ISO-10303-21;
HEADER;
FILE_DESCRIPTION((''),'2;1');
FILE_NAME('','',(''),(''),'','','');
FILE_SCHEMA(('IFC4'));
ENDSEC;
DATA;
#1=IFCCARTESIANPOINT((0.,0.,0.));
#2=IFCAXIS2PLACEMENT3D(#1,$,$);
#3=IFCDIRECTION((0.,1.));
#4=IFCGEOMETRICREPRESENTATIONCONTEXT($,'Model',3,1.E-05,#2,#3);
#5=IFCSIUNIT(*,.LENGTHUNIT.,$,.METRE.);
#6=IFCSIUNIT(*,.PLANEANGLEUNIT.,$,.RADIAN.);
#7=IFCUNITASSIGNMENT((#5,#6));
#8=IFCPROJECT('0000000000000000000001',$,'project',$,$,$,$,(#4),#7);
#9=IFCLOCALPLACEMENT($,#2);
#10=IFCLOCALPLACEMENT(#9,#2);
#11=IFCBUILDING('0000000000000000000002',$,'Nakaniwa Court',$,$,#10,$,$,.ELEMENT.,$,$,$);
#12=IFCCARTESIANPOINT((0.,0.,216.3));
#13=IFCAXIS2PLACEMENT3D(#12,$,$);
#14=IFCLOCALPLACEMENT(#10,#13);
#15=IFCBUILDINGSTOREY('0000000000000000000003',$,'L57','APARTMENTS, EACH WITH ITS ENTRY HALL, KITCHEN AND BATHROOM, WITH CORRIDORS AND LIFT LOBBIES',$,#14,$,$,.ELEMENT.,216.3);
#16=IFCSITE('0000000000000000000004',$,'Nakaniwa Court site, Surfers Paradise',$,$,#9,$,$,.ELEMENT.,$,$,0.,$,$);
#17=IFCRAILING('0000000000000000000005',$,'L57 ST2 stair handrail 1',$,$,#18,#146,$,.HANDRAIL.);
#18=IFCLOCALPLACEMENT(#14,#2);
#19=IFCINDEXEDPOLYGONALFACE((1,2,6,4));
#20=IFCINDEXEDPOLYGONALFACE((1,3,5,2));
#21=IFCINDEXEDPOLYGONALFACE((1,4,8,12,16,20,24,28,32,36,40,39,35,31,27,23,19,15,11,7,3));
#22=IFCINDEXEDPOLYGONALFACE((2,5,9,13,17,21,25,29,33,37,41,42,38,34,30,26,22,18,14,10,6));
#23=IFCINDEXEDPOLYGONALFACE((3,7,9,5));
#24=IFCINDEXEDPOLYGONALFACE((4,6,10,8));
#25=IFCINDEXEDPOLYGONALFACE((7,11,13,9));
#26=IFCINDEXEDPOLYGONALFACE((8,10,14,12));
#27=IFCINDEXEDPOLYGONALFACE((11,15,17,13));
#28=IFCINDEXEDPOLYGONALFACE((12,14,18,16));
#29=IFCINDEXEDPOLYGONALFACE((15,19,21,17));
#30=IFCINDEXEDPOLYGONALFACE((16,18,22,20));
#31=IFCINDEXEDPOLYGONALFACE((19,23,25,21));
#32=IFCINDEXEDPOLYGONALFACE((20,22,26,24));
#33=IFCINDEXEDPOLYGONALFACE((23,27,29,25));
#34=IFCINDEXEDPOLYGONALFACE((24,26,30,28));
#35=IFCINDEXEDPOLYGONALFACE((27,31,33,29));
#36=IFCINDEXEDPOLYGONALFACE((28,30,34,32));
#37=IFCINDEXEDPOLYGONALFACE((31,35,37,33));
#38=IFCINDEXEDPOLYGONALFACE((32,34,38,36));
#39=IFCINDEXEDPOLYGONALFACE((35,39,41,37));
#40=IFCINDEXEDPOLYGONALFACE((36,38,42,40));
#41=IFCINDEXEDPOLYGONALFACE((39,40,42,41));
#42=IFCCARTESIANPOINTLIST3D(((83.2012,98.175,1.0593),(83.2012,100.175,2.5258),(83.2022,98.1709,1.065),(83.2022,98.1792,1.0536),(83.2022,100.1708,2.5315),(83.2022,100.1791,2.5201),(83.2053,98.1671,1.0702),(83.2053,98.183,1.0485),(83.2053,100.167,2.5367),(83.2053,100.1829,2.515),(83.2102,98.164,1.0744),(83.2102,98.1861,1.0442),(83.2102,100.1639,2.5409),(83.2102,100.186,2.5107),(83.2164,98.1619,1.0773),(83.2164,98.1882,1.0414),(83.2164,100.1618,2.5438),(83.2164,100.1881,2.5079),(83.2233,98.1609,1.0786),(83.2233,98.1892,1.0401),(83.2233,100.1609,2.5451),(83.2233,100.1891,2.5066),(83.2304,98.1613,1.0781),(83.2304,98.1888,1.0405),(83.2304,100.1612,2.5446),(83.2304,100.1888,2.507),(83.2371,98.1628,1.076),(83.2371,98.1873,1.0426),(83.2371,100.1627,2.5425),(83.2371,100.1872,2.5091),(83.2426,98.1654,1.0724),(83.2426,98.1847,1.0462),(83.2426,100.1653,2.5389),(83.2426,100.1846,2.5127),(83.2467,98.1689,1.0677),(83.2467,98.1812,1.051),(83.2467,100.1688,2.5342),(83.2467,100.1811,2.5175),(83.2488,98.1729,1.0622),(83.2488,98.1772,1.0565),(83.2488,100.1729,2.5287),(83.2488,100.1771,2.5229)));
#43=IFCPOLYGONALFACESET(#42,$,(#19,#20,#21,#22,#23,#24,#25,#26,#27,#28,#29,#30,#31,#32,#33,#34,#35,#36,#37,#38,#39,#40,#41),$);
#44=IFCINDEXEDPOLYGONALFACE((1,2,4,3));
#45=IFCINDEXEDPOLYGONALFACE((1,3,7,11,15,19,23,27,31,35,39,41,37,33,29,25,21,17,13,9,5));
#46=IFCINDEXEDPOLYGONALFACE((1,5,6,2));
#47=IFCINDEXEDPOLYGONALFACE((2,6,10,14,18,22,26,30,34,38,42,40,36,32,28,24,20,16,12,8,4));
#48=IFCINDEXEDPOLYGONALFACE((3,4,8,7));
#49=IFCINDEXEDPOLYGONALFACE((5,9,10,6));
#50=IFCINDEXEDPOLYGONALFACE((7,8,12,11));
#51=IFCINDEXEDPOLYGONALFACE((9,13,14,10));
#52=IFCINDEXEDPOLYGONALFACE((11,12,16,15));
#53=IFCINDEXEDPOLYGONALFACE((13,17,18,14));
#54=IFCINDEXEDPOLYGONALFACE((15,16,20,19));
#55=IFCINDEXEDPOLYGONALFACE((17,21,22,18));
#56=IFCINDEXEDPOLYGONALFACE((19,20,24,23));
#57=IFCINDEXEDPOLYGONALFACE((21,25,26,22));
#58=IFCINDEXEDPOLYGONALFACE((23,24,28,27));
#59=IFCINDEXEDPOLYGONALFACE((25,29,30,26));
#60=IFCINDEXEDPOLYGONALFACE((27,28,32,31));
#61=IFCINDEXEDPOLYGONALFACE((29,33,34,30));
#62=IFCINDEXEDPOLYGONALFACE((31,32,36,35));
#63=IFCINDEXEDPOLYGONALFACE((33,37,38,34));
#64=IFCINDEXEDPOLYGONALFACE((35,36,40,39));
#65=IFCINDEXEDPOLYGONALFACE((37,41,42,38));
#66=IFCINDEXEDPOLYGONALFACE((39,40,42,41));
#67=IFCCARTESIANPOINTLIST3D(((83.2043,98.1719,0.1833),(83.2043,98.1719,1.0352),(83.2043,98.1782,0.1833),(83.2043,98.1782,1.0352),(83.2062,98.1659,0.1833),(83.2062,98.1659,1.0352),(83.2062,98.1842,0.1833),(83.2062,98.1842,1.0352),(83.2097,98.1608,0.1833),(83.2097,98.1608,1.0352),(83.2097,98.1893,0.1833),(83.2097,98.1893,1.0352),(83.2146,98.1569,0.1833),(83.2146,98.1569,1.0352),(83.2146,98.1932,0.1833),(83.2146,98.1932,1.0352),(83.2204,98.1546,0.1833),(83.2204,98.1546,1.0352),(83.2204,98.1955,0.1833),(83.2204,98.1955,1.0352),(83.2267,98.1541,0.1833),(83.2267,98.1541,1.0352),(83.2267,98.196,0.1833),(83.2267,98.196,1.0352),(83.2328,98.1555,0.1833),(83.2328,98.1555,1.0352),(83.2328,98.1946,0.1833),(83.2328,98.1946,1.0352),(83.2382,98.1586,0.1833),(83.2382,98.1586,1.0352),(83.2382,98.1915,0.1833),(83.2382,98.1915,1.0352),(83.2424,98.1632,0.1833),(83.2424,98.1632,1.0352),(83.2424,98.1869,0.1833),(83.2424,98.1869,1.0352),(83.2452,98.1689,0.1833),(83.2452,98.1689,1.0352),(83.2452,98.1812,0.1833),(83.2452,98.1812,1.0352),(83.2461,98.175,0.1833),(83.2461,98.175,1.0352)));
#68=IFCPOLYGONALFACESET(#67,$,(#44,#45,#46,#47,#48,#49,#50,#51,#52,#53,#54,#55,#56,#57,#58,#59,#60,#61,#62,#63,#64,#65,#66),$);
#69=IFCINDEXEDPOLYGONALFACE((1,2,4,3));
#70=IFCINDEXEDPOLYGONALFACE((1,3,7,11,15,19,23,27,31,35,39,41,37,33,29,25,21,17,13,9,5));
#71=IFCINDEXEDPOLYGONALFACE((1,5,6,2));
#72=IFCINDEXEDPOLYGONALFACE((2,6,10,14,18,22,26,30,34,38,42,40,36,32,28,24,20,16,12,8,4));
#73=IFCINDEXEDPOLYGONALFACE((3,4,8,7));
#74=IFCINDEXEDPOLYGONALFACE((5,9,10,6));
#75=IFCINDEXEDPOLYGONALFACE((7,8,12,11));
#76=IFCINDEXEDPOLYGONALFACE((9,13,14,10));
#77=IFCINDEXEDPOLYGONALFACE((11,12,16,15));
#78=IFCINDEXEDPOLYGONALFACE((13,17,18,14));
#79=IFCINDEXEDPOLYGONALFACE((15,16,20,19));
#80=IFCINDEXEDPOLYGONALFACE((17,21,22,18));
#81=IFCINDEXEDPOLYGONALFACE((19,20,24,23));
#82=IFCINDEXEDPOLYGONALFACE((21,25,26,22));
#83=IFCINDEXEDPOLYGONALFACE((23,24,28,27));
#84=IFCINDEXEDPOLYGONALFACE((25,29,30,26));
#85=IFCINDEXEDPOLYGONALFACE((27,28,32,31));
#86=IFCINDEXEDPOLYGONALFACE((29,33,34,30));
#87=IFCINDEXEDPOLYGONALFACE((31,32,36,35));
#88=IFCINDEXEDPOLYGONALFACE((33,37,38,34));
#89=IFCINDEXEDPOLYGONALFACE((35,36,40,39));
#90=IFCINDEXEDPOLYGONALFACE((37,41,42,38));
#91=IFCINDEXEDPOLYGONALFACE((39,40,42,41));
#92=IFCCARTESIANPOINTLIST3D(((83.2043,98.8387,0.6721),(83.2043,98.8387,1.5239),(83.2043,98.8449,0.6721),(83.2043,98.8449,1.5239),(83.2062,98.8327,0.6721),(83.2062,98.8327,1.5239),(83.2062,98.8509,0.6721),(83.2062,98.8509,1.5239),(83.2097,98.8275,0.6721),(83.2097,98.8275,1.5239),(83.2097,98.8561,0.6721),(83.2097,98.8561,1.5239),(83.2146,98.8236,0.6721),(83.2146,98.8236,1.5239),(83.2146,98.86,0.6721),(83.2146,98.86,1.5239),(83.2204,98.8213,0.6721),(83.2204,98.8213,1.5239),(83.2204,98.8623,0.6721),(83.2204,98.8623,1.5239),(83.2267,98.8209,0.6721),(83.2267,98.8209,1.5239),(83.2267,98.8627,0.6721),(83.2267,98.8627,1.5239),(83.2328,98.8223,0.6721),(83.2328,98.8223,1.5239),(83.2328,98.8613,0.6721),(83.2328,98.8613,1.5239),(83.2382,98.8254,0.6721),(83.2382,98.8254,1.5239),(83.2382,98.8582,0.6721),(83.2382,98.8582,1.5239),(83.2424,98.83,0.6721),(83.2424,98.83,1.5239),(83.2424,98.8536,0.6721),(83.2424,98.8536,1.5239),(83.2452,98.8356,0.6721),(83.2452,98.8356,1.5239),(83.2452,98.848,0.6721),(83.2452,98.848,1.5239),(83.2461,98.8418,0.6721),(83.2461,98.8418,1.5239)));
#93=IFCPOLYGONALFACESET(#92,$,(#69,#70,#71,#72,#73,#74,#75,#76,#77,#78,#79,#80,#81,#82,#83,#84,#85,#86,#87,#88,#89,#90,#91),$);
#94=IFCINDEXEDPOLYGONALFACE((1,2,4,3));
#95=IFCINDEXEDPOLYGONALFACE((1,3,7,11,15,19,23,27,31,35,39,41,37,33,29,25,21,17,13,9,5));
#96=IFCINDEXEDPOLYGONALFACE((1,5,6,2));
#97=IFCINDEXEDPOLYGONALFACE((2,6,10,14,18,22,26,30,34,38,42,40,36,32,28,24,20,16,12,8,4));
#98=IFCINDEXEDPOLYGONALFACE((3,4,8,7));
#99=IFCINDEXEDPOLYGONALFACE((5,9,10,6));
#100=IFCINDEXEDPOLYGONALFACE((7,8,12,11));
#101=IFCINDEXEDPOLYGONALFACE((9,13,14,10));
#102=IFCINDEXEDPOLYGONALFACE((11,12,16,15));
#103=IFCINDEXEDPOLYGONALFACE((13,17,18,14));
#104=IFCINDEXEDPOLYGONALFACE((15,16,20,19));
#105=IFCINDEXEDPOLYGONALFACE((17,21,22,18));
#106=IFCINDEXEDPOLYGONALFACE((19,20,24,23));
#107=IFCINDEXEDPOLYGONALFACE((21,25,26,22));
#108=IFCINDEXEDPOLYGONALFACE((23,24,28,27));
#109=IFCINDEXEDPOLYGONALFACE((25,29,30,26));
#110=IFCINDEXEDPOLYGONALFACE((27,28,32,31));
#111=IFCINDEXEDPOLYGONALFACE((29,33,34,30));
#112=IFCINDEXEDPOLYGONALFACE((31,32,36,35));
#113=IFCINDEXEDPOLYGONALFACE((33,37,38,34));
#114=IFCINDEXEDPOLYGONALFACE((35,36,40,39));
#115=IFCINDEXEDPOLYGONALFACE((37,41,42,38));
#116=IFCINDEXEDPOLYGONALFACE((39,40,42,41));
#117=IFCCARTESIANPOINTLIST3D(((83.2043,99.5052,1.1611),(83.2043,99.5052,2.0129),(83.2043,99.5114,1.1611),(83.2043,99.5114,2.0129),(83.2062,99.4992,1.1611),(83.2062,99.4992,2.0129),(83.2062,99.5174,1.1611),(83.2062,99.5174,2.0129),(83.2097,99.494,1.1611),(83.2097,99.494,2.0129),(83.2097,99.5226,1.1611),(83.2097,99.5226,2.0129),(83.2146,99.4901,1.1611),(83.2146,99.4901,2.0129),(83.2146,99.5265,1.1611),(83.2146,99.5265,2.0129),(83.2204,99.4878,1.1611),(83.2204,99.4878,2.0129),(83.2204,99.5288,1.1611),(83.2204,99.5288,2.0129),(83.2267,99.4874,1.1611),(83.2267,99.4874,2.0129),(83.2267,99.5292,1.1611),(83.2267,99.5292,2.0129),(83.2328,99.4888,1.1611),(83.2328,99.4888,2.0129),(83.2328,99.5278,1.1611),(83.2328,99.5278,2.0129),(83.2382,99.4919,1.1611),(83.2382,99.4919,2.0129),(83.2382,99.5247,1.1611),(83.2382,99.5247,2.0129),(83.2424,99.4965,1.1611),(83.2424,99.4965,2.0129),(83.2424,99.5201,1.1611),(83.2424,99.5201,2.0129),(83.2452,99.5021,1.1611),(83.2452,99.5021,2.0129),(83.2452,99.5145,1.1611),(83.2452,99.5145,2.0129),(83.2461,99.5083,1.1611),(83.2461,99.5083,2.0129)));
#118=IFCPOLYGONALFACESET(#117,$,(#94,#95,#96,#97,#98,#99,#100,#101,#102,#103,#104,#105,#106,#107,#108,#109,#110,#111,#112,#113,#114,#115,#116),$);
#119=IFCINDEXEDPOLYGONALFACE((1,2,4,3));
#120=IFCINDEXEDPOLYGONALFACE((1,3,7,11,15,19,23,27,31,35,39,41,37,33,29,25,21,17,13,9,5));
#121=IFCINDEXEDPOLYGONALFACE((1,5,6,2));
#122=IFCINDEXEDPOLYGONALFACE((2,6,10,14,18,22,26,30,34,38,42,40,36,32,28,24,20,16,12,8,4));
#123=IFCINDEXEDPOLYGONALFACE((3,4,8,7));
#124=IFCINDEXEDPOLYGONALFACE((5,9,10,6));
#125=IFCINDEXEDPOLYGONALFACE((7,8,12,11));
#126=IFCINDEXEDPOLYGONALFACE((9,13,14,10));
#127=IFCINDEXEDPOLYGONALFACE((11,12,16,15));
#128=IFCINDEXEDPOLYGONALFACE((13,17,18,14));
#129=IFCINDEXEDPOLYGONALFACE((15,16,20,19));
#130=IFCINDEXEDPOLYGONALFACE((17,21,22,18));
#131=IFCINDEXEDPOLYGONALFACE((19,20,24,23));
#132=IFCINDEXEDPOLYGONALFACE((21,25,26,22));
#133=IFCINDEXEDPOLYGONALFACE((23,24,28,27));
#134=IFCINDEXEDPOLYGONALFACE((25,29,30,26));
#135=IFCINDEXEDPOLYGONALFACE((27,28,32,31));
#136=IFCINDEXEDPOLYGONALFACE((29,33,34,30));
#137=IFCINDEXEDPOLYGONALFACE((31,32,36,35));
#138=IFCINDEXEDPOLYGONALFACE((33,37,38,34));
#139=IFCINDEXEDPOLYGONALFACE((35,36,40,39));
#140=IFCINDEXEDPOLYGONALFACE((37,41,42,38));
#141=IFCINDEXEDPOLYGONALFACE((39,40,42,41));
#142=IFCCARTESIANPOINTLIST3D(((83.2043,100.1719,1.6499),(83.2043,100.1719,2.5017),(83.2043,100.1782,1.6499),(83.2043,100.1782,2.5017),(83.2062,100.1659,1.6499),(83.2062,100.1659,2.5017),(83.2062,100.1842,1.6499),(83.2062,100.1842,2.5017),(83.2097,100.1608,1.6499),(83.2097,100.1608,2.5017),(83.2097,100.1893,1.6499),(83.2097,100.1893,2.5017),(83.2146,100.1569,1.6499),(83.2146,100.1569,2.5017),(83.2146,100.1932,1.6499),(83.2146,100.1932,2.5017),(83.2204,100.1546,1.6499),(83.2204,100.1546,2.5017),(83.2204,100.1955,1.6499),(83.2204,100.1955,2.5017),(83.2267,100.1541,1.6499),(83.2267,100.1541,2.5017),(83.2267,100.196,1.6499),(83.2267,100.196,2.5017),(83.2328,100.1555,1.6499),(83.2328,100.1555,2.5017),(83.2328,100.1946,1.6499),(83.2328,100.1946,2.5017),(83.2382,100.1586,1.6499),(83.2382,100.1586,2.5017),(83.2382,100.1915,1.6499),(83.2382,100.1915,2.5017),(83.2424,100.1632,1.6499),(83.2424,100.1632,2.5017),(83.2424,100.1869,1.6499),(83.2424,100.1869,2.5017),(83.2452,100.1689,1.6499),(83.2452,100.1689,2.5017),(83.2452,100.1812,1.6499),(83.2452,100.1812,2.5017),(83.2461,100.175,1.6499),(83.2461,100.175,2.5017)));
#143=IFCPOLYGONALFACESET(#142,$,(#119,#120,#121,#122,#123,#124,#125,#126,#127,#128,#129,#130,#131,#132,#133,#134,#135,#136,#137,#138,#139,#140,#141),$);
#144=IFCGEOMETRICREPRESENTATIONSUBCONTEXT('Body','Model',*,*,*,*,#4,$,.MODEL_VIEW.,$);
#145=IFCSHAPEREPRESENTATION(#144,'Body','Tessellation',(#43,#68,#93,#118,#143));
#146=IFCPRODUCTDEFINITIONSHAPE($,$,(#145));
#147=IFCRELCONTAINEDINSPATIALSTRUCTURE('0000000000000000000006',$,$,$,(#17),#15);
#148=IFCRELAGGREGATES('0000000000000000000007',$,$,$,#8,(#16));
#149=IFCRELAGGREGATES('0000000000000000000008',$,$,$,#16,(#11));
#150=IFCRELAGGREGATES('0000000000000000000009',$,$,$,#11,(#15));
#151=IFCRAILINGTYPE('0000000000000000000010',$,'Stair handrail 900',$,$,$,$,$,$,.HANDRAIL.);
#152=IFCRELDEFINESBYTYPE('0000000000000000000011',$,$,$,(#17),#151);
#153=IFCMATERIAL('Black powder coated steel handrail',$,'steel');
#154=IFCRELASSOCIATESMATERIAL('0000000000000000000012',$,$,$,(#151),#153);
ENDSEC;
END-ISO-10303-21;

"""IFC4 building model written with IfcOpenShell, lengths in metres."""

from ifc_helpers import new_model, si_unit, direction, frame, origin, origin_2d, place, context, subcontext, project, spatial, circle, extrude, material, type_object, element, save


model = new_model("IFC4")

# Units and contexts
model_context = context("Model", 3, precision=1e-05, world=origin(), true_north=direction((0.0, 1.0)))
body_context = subcontext(model_context, "Body", "Model", "MODEL_VIEW")
ifc_project = project(units=[si_unit("LENGTHUNIT", "METRE"), si_unit("PLANEANGLEUNIT", "RADIAN")], contexts=[model_context])

# Site, building, storey
site_placement = place(None, origin())
site = spatial("IfcSite", under=ifc_project, at=site_placement, Name="Nakaniwa Court site, Surfers Paradise", CompositionType="ELEMENT", RefElevation=0.0)
building_placement = place(site_placement, origin())
building = spatial("IfcBuilding", under=site, at=building_placement, Name="Nakaniwa Court", CompositionType="ELEMENT")
storey_placement = place(building_placement, frame((0.0, 0.0, 216.3)))
storey = spatial("IfcBuildingStorey", under=building, at=storey_placement, Name="L57", Description="APARTMENTS, EACH WITH ITS ENTRY HALL, KITCHEN AND BATHROOM, WITH CORRIDORS AND LIFT LOBBIES", CompositionType="ELEMENT", Elevation=216.3)

# Railing
ifc_material_1 = material(Name="Black powder coated steel handrail", Category="steel")
railing_type_1 = type_object("IfcRailingType", Name="Stair handrail 900", PredefinedType="HANDRAIL", material=ifc_material_1)
railing_1_placement = place(storey_placement, frame((83.2251, 98.175, 0.1833)))
element("IfcRailing", 1, at=railing_1_placement, inside=storey, type_object=railing_type_1, Name="L57 ST2 stair handrail 1", PredefinedType="HANDRAIL", context=body_context, shape_type="SweptSolid", body=[
    extrude(circle(Radius=0.0239, at=origin_2d()), frame((0.0, 0.0, 0.876), z_axis=(0.0, 0.806427, 0.591334), x_axis=(-1.0, 0.0, 0.0)), (0.0, 0.0, 1.0), 2.48),
    extrude(circle(Radius=0.021, at=origin_2d()), origin(), (0.0, 0.0, 1.0), 0.8518),
    extrude(circle(Radius=0.021, at=origin_2d()), frame((0.0, 0.6667, 0.4888)), (0.0, 0.0, 1.0), 0.8518),
    extrude(circle(Radius=0.021, at=origin_2d()), frame((0.0, 1.3333, 0.9778)), (0.0, 0.0, 1.0), 0.8518),
    extrude(circle(Radius=0.021, at=origin_2d()), frame((0.0, 2.0, 1.4666)), (0.0, 0.0, 1.0), 0.8518),
])

save(model, "model.ifc")
